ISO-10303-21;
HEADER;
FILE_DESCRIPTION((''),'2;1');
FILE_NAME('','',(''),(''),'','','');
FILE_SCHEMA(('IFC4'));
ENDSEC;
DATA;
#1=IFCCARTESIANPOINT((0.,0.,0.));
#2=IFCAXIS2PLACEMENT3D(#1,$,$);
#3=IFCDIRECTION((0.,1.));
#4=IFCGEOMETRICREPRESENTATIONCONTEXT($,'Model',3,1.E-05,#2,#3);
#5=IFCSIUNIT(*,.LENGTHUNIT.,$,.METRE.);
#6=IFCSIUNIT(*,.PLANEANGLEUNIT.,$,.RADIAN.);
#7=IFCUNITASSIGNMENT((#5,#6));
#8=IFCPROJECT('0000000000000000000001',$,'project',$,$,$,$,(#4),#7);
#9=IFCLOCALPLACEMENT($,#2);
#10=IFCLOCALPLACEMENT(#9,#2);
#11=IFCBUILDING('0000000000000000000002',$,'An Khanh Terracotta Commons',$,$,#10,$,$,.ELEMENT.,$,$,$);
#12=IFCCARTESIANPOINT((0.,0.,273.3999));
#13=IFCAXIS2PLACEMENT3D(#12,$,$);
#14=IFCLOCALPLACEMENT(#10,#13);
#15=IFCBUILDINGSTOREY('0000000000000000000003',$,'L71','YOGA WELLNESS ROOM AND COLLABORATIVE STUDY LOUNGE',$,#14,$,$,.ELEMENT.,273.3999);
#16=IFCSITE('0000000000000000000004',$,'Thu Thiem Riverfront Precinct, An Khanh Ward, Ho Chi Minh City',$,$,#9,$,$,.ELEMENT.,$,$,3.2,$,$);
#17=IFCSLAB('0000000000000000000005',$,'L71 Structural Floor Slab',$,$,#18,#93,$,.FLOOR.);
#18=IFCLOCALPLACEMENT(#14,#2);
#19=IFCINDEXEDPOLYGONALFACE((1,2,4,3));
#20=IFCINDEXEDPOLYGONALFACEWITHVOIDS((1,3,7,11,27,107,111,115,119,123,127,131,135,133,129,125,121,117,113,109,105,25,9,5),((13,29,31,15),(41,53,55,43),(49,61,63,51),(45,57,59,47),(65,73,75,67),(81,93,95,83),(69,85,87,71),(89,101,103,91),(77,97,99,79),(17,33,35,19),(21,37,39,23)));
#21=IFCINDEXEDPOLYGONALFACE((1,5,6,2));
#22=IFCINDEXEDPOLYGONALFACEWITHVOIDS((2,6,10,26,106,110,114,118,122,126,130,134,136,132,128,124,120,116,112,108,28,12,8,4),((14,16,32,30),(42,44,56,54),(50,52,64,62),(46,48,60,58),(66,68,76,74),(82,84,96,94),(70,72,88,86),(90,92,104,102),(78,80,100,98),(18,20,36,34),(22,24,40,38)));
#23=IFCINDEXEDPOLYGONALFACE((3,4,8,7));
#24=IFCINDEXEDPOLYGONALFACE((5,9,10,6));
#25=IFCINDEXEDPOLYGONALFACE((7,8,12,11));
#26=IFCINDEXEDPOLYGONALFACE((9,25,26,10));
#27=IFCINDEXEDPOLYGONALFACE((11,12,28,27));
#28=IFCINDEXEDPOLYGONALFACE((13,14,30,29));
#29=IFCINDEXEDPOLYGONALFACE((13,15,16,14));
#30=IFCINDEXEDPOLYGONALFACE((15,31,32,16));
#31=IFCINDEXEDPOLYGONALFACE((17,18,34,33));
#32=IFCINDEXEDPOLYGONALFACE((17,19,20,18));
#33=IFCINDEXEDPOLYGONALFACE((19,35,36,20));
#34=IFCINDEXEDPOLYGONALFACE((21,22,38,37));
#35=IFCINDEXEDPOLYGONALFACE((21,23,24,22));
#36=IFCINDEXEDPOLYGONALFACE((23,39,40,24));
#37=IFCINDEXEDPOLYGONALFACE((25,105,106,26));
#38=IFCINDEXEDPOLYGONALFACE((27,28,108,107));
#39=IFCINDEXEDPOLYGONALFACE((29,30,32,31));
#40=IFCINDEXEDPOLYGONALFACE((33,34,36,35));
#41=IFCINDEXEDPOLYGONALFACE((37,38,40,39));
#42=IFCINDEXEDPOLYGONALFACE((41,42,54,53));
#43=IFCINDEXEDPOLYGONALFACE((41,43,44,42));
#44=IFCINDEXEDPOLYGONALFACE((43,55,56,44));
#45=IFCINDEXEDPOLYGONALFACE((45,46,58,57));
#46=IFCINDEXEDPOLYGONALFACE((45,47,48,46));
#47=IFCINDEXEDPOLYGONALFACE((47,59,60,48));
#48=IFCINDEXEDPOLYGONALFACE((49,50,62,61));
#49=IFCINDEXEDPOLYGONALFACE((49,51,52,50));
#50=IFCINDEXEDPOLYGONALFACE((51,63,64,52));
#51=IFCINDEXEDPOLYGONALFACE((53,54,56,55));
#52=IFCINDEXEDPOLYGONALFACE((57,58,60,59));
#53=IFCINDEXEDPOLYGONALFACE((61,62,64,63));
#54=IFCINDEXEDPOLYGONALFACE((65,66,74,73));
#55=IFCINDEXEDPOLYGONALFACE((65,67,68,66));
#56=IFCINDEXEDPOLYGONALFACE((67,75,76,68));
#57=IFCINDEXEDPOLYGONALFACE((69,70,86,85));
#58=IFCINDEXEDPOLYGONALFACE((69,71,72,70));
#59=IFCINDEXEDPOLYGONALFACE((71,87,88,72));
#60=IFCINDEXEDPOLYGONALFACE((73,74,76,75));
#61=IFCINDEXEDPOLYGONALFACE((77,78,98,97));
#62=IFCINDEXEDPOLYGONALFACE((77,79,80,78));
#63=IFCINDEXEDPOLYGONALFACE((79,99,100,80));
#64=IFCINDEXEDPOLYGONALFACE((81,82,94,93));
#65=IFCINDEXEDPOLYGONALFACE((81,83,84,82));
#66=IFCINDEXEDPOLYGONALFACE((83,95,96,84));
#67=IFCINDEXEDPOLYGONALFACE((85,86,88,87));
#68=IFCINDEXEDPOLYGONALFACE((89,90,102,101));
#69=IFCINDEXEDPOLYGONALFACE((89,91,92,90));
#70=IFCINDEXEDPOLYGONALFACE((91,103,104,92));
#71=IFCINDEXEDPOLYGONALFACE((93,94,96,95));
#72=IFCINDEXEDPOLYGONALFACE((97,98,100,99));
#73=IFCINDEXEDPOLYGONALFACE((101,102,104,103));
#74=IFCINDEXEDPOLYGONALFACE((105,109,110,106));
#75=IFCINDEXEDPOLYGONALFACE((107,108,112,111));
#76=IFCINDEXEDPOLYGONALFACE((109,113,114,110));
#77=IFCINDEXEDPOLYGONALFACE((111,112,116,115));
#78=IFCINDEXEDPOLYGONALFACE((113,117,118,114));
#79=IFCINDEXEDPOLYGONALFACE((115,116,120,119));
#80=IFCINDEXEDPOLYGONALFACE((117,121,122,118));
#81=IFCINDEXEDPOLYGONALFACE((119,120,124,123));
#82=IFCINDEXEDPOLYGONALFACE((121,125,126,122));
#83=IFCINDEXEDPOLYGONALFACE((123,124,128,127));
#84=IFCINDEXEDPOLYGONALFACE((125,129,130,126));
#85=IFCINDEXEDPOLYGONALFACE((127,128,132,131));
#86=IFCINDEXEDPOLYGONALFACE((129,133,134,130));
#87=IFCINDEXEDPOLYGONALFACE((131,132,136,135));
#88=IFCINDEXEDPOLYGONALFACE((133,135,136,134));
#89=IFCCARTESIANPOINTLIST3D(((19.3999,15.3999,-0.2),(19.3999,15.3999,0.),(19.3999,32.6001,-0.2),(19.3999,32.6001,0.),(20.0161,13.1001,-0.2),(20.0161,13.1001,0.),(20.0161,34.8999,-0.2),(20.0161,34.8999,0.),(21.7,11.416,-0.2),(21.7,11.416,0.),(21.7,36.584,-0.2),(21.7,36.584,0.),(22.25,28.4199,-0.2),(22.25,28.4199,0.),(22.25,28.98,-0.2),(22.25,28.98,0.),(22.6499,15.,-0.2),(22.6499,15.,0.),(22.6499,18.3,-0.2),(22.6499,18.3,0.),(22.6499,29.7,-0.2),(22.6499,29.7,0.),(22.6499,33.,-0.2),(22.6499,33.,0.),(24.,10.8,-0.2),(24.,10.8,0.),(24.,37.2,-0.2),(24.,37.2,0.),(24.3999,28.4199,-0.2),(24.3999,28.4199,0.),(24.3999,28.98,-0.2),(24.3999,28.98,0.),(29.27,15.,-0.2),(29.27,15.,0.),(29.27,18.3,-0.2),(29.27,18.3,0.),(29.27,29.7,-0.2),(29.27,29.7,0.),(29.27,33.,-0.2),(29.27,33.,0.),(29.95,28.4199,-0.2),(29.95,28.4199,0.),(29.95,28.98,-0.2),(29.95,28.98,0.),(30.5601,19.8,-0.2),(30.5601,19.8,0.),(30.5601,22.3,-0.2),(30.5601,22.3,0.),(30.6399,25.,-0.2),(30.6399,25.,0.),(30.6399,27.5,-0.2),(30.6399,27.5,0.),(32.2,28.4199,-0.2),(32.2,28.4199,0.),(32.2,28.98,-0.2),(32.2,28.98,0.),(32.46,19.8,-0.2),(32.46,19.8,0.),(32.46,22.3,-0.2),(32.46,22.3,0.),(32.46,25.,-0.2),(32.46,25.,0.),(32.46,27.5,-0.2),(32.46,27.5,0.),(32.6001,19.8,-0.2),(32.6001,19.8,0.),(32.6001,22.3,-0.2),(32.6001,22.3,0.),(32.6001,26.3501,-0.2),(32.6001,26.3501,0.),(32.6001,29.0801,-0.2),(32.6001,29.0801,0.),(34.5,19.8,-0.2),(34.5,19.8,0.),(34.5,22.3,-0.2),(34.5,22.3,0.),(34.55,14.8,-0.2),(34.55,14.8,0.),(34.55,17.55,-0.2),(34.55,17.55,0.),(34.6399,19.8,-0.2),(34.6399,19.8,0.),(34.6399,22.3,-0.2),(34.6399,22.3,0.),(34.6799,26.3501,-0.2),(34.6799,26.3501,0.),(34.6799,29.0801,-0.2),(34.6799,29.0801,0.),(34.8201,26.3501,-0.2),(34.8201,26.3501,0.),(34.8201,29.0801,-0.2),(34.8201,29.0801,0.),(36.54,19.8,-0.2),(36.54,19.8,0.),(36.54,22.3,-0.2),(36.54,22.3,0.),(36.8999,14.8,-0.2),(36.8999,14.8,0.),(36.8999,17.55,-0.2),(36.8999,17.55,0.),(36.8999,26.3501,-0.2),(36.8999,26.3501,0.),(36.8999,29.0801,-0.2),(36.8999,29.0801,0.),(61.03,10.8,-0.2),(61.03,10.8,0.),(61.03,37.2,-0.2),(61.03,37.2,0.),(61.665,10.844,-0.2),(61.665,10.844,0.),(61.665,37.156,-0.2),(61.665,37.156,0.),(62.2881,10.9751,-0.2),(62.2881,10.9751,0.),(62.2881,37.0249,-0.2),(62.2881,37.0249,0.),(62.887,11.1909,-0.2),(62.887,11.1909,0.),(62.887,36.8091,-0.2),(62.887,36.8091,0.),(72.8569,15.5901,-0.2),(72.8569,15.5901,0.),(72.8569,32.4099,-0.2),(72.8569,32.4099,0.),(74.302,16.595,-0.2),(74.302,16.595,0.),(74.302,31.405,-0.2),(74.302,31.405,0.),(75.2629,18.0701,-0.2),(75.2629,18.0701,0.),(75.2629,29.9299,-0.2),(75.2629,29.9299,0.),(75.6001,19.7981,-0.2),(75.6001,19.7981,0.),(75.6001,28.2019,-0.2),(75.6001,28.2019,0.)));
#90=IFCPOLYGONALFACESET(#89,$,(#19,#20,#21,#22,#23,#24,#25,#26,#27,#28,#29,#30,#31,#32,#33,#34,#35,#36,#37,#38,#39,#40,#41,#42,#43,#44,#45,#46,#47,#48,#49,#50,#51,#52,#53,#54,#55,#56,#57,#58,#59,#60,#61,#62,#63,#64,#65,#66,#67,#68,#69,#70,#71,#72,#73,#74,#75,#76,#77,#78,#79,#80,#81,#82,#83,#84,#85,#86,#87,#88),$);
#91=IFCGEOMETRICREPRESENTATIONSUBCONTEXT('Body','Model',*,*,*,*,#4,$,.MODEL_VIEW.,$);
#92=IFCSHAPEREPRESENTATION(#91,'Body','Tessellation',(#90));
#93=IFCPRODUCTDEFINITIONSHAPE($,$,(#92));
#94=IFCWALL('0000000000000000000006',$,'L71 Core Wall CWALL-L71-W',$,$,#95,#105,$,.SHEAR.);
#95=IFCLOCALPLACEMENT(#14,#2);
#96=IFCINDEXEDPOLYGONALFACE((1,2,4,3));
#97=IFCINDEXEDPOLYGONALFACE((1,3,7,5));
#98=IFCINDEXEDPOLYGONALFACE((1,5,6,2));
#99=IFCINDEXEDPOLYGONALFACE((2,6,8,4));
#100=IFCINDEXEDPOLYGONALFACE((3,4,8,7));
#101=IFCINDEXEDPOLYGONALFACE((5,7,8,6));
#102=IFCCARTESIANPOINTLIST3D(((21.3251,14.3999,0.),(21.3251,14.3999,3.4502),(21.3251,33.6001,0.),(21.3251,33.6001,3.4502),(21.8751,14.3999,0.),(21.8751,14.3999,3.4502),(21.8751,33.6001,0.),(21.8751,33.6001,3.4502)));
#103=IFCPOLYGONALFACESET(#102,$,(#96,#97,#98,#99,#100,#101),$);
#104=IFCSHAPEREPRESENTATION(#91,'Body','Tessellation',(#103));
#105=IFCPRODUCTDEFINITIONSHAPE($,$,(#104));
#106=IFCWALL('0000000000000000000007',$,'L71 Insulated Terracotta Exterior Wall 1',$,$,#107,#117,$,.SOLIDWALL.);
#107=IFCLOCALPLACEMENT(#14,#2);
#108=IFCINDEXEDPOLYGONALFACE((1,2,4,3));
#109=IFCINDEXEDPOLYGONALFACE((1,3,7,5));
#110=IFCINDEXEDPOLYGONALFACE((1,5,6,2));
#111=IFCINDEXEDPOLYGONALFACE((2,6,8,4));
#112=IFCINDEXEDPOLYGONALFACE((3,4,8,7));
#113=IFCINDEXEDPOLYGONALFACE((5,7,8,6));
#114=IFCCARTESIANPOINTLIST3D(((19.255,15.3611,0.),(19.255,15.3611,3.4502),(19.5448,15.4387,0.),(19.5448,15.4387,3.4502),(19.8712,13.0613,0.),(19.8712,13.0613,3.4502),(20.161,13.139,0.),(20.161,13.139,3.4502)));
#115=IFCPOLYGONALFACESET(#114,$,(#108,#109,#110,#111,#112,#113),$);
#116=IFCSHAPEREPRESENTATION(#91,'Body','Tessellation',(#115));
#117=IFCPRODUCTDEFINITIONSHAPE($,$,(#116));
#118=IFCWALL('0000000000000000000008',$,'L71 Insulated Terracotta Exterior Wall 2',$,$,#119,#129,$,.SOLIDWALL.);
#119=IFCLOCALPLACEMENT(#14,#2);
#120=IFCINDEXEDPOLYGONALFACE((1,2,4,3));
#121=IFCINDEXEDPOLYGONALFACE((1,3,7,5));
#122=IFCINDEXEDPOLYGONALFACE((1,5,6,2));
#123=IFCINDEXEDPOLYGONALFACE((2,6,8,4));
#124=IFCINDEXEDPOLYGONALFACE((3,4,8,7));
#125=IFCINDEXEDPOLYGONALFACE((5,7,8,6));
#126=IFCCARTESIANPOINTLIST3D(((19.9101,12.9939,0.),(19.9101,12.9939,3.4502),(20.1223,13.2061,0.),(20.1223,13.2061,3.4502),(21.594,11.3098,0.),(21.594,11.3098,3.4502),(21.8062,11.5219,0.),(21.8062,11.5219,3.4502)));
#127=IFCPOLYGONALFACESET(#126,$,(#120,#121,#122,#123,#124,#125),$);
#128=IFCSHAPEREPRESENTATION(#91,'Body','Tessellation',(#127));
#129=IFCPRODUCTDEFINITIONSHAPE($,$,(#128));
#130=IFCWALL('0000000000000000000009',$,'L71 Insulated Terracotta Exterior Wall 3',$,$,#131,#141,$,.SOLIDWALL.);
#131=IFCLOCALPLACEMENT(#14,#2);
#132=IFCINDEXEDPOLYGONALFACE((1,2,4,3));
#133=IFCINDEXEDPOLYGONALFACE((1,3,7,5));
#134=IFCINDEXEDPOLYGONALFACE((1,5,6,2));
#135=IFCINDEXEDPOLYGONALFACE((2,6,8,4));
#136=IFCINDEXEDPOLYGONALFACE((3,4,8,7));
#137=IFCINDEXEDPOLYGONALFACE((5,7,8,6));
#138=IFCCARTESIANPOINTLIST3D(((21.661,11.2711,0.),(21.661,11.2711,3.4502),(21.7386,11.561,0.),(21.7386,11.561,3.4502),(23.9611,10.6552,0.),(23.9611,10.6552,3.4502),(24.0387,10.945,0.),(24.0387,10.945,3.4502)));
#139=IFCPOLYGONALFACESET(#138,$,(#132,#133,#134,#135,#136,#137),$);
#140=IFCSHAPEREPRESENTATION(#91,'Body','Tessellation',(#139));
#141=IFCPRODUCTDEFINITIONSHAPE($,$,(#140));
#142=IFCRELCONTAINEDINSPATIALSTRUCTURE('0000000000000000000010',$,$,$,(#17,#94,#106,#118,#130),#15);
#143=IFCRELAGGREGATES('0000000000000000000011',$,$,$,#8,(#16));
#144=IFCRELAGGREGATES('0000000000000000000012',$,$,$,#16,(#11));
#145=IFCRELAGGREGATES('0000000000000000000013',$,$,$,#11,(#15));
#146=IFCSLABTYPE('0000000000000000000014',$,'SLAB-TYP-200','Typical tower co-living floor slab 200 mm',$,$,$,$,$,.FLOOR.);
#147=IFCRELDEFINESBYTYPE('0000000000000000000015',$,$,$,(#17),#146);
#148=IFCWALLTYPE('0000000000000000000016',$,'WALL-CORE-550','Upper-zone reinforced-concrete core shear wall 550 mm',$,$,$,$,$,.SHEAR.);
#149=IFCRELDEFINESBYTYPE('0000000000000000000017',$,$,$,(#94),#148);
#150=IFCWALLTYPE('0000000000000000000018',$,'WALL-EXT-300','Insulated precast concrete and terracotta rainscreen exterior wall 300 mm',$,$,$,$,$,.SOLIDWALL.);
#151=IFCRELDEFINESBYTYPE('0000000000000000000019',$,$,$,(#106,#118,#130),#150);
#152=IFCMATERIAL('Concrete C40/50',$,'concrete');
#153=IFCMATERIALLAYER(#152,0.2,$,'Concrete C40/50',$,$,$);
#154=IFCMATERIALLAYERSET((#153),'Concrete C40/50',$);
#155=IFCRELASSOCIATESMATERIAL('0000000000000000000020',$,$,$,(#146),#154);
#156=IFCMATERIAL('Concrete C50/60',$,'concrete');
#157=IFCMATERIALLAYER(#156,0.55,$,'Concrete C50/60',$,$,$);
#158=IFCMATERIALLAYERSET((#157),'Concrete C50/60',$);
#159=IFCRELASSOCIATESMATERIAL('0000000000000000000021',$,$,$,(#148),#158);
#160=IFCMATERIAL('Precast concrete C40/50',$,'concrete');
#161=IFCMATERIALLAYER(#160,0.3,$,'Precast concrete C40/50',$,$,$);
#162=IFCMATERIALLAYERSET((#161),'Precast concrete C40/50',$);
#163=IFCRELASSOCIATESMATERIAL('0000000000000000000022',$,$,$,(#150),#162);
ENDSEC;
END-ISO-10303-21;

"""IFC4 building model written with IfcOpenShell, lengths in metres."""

from ifc_helpers import new_model, si_unit, direction, frame, frame_2d, origin, place, context, subcontext, project, spatial, polyline, rectangle, outline, extrude, material, layer, layer_set, type_object, element, save


model = new_model("IFC4")

# Units and contexts
model_context = context("Model", 3, precision=1e-05, world=origin(), true_north=direction((0.0, 1.0)))
body_context = subcontext(model_context, "Body", "Model", "MODEL_VIEW")
ifc_project = project(units=[si_unit("LENGTHUNIT", "METRE"), si_unit("PLANEANGLEUNIT", "RADIAN")], contexts=[model_context])

# Site, building, storey
site_placement = place(None, origin())
site = spatial("IfcSite", under=ifc_project, at=site_placement, Name="Thu Thiem Riverfront Precinct, An Khanh Ward, Ho Chi Minh City", CompositionType="ELEMENT", RefElevation=3.2)
building_placement = place(site_placement, origin())
building = spatial("IfcBuilding", under=site, at=building_placement, Name="An Khanh Terracotta Commons", CompositionType="ELEMENT")
storey_placement = place(building_placement, frame((0.0, 0.0, 273.3999)))
storey = spatial("IfcBuildingStorey", under=building, at=storey_placement, Name="L71", Description="YOGA WELLNESS ROOM AND COLLABORATIVE STUDY LOUNGE", CompositionType="ELEMENT", Elevation=273.3999)

# Shared definitions
ifc_material_1 = material(Name="Concrete C50/60", Category="concrete")

# Shared definitions
ifc_material_2 = material(Name="Concrete C40/50", Category="concrete")

# Shared definitions
ifc_material_3 = material(Name="Precast concrete C40/50", Category="concrete")

# Slab
ifc_layer_1 = layer(ifc_material_2, 0.2, Name="Concrete C40/50")
ifc_layer_set_1 = layer_set([ifc_layer_1], Name="Concrete C40/50")
slab_type_1 = type_object("IfcSlabType", Name="SLAB-TYP-200", Description="Typical tower co-living floor slab 200 mm", PredefinedType="FLOOR", material=ifc_layer_set_1)
slab_1_placement = place(storey_placement, frame((0.0, 0.0, -0.2)))
element("IfcSlab", 1, at=slab_1_placement, inside=storey, type_object=slab_type_1, Name="L71 Structural Floor Slab", PredefinedType="FLOOR", context=body_context, shape_type="SweptSolid", body=[
    extrude(outline(polyline([(19.3999, 15.3999), (20.0161, 13.1001), (21.7, 11.416), (24.0, 10.8), (61.03, 10.8), (61.665, 10.844), (62.2881, 10.9751), (62.887, 11.1909), (72.8569, 15.5901), (74.302, 16.595), (75.2629, 18.0701), (75.6001, 19.7981), (75.6001, 28.2019), (75.2629, 29.9299), (74.302, 31.405), (72.8569, 32.4099), (62.887, 36.8091), (62.2881, 37.0249), (61.665, 37.156), (61.03, 37.2), (24.0, 37.2), (21.7, 36.584), (20.0161, 34.8999), (19.3999, 32.6001), (19.3999, 15.3999)]), holes=[polyline([(22.6499, 29.7), (29.27, 29.7), (29.27, 33.0), (22.6499, 33.0), (22.6499, 29.7)]), polyline([(22.6499, 15.0), (29.27, 15.0), (29.27, 18.3), (22.6499, 18.3), (22.6499, 15.0)]), polyline([(32.6001, 26.3501), (34.6799, 26.3501), (34.6799, 29.0801), (32.6001, 29.0801), (32.6001, 26.3501)]), polyline([(34.8201, 26.3501), (36.8999, 26.3501), (36.8999, 29.0801), (34.8201, 29.0801), (34.8201, 26.3501)]), polyline([(34.55, 14.8), (36.8999, 14.8), (36.8999, 17.55), (34.55, 17.55), (34.55, 14.8)]), polyline([(30.6399, 25.0), (32.46, 25.0), (32.46, 27.5), (30.6399, 27.5), (30.6399, 25.0)]), polyline([(30.5601, 19.8), (32.46, 19.8), (32.46, 22.3), (30.5601, 22.3), (30.5601, 19.8)]), polyline([(32.6001, 19.8), (34.5, 19.8), (34.5, 22.3), (32.6001, 22.3), (32.6001, 19.8)]), polyline([(34.6399, 19.8), (36.54, 19.8), (36.54, 22.3), (34.6399, 22.3), (34.6399, 19.8)]), polyline([(22.25, 28.4199), (24.3999, 28.4199), (24.3999, 28.98), (22.25, 28.98), (22.25, 28.4199)]), polyline([(29.95, 28.4199), (32.2, 28.4199), (32.2, 28.98), (29.95, 28.98), (29.95, 28.4199)])]), origin(), (0.0, 0.0, 1.0), 0.2),
])

# Walls
ifc_layer_2 = layer(ifc_material_1, 0.55, Name="Concrete C50/60")
ifc_layer_set_2 = layer_set([ifc_layer_2], Name="Concrete C50/60")
wall_type_1 = type_object("IfcWallType", Name="WALL-CORE-550", Description="Upper-zone reinforced-concrete core shear wall 550 mm", PredefinedType="SHEAR", material=ifc_layer_set_2)
wall_1_placement = place(storey_placement, frame((21.6001, 14.3999, 0.0), z_axis=(0.0, 0.0, 1.0), x_axis=(0.0, 1.0, 0.0)))
element("IfcWall", 2, at=wall_1_placement, inside=storey, type_object=wall_type_1, Name="L71 Core Wall CWALL-L71-W", PredefinedType="SHEAR", context=body_context, shape_type="SweptSolid", body=[
    extrude(rectangle(XDim=19.2002, YDim=0.55, at=frame_2d((9.6001, 0.0))), origin(), (0.0, 0.0, 1.0), 3.4502),
])
ifc_layer_3 = layer(ifc_material_3, 0.3, Name="Precast concrete C40/50")
ifc_layer_set_3 = layer_set([ifc_layer_3], Name="Precast concrete C40/50")
wall_type_2 = type_object("IfcWallType", Name="WALL-EXT-300", Description="Insulated precast concrete and terracotta rainscreen exterior wall 300 mm", PredefinedType="SOLIDWALL", material=ifc_layer_set_3)
wall_2_placement = place(storey_placement, frame((19.3999, 15.3999, 0.0), z_axis=(0.0, 0.0, 1.0), x_axis=(0.258811, -0.965928, 0.0)))
element("IfcWall", 3, at=wall_2_placement, inside=storey, type_object=wall_type_2, Name="L71 Insulated Terracotta Exterior Wall 1", PredefinedType="SOLIDWALL", context=body_context, shape_type="SweptSolid", body=[
    extrude(rectangle(XDim=2.3809, YDim=0.3, at=frame_2d((1.1904, 0.0))), origin(), (0.0, 0.0, 1.0), 3.4502),
])
wall_3_placement = place(storey_placement, frame((20.0161, 13.1001, 0.0), z_axis=(0.0, 0.0, 1.0), x_axis=(0.707056, -0.707158, 0.0)))
element("IfcWall", 4, at=wall_3_placement, inside=storey, type_object=wall_type_2, Name="L71 Insulated Terracotta Exterior Wall 2", PredefinedType="SOLIDWALL", context=body_context, shape_type="SweptSolid", body=[
    extrude(rectangle(XDim=2.3816, YDim=0.3, at=frame_2d((1.1909, 0.0))), origin(), (0.0, 0.0, 1.0), 3.4502),
])
wall_4_placement = place(storey_placement, frame((21.7, 11.416, 0.0), z_axis=(0.0, 0.0, 1.0), x_axis=(0.96596, -0.25869, 0.0)))
element("IfcWall", 5, at=wall_4_placement, inside=storey, type_object=wall_type_2, Name="L71 Insulated Terracotta Exterior Wall 3", PredefinedType="SOLIDWALL", context=body_context, shape_type="SweptSolid", body=[
    extrude(rectangle(XDim=2.3811, YDim=0.3, at=frame_2d((1.1904, 0.0))), origin(), (0.0, 0.0, 1.0), 3.4502),
])

save(model, "model.ifc")
